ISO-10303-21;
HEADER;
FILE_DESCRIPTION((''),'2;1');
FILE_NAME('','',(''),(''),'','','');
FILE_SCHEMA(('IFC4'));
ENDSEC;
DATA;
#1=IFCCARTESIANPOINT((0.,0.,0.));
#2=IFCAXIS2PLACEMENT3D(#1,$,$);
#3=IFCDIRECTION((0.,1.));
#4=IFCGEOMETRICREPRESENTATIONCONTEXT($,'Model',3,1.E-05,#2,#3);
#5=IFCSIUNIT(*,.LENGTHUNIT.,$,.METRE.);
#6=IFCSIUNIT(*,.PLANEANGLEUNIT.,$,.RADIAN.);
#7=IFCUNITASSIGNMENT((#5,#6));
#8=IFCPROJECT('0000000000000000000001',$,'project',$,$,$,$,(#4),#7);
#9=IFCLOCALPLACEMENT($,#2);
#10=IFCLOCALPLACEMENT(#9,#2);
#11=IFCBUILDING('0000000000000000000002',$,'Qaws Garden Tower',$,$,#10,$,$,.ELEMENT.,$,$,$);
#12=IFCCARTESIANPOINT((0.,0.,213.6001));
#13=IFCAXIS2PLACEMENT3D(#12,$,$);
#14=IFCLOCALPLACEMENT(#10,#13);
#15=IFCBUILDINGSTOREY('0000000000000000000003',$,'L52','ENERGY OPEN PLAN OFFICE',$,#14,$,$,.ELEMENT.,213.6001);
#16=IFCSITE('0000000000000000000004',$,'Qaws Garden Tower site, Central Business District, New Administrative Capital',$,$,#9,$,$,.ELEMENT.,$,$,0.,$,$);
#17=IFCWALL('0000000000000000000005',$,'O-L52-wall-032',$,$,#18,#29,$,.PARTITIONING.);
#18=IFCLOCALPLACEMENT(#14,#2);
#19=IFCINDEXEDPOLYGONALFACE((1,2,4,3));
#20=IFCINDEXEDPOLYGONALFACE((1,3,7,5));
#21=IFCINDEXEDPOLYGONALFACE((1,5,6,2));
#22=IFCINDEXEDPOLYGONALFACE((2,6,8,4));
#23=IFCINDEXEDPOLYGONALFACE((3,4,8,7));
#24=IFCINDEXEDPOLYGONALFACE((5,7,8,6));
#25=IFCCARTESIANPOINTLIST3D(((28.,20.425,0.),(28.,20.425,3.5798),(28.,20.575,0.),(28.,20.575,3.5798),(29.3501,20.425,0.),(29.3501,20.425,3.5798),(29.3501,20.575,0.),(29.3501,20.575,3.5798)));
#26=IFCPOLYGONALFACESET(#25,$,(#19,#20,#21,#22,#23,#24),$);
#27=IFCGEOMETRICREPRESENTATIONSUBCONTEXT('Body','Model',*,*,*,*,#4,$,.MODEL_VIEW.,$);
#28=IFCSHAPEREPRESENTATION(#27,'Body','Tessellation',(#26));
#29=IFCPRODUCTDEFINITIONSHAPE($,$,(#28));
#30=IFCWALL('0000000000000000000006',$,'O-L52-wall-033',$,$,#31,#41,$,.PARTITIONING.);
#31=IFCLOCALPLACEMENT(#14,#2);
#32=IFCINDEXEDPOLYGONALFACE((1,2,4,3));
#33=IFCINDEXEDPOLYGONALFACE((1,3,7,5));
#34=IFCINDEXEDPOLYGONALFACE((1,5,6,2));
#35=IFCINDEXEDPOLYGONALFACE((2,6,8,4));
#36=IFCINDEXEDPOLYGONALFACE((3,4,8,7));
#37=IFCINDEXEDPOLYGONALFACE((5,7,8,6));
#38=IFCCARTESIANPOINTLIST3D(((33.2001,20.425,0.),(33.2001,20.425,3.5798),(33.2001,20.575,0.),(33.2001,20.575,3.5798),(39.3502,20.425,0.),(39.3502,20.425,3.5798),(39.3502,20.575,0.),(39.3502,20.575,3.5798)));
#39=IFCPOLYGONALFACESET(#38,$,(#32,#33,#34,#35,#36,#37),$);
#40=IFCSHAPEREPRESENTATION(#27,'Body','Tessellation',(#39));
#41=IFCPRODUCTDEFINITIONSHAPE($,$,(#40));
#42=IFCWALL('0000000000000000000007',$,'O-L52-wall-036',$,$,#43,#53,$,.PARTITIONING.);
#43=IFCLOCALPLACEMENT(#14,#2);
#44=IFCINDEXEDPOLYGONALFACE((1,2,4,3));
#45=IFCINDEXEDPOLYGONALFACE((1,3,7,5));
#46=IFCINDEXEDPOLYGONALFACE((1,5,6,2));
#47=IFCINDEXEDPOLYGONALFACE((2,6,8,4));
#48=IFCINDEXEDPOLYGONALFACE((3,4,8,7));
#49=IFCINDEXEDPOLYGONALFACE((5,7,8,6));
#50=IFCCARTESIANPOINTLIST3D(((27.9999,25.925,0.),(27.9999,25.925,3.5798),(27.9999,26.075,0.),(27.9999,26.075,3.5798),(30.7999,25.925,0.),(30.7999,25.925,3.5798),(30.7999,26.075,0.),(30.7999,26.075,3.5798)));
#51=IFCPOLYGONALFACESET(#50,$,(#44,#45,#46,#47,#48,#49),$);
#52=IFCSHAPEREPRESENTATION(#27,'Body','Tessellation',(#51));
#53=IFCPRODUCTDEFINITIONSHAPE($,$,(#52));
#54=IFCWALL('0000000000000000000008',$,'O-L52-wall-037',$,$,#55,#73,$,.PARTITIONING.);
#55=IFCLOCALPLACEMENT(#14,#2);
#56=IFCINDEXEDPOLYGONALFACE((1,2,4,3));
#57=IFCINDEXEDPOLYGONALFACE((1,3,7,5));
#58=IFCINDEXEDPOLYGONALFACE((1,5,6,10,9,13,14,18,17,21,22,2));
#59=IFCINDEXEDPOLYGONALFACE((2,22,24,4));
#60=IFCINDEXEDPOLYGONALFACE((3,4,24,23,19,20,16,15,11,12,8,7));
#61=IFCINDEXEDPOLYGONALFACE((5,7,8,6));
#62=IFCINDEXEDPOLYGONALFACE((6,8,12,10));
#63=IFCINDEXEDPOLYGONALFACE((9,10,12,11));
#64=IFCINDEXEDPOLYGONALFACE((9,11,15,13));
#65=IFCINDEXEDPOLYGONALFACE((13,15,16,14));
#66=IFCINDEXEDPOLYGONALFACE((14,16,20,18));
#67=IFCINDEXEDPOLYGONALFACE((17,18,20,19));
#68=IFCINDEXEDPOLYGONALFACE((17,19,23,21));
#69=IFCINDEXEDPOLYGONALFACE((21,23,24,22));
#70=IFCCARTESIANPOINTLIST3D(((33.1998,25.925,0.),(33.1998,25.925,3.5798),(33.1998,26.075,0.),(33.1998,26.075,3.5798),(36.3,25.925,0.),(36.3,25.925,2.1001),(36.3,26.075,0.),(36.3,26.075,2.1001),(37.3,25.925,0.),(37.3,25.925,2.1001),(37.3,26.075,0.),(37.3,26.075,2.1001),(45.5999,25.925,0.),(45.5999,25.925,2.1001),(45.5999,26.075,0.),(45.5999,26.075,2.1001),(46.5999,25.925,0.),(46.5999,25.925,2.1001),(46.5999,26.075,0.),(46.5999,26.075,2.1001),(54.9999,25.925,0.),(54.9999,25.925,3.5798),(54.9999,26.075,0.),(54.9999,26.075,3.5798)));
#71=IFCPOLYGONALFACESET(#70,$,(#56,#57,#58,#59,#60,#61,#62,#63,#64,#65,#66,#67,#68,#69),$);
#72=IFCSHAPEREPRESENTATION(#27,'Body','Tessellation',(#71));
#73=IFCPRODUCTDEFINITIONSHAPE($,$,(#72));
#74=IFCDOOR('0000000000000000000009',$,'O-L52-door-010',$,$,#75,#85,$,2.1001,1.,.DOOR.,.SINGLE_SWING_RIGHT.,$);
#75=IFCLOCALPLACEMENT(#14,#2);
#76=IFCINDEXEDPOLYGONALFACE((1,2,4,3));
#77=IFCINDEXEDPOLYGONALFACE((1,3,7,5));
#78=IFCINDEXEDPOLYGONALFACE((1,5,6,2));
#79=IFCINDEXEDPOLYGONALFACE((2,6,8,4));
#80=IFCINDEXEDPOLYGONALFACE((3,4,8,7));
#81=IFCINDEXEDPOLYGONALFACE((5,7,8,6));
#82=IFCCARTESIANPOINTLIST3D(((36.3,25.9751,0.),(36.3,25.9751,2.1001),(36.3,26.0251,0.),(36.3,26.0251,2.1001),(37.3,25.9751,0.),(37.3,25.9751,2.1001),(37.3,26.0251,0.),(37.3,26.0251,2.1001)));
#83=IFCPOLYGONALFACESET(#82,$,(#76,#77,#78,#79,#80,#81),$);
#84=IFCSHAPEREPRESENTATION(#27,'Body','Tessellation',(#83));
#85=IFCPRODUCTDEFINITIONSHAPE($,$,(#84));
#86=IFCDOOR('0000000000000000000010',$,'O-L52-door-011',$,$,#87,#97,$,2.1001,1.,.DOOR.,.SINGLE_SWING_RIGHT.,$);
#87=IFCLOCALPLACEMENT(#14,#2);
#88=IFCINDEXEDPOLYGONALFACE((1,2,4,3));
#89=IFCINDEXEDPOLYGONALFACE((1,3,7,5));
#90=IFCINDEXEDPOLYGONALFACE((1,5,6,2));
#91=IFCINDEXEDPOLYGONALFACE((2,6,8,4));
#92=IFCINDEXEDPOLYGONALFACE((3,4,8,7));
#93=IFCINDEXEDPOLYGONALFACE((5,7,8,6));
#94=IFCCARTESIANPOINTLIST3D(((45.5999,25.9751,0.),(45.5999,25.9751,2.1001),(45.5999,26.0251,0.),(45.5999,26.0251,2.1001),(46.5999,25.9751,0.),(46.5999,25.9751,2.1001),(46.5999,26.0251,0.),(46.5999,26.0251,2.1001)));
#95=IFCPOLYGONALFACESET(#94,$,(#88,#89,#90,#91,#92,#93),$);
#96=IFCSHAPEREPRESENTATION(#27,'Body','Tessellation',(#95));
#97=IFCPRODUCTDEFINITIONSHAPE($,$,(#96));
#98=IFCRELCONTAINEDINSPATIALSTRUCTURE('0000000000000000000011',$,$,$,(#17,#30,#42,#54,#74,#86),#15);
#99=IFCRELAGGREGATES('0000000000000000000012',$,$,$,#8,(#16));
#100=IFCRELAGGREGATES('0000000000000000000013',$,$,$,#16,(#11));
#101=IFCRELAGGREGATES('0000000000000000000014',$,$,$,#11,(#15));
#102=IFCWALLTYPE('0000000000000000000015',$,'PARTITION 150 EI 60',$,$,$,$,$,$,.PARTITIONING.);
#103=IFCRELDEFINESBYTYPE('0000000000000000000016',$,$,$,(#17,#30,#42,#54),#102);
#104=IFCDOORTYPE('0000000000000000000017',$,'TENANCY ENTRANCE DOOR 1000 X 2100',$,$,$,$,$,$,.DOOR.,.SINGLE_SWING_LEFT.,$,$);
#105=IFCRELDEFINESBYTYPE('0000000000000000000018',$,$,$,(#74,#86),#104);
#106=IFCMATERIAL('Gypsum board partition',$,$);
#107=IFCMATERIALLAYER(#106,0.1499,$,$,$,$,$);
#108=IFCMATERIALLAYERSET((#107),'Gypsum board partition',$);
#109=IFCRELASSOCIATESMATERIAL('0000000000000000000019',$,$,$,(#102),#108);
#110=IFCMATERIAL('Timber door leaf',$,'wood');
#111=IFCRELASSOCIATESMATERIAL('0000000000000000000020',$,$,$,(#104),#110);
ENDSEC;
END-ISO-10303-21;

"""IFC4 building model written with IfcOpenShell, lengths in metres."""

from ifc_helpers import new_model, si_unit, direction, frame, frame_2d, origin, place, context, subcontext, project, spatial, rectangle, extrude, material, layer, layer_set, type_object, element, fill, save


model = new_model("IFC4")

# Units and contexts
model_context = context("Model", 3, precision=1e-05, world=origin(), true_north=direction((0.0, 1.0)))
body_context = subcontext(model_context, "Body", "Model", "MODEL_VIEW")
ifc_project = project(units=[si_unit("LENGTHUNIT", "METRE"), si_unit("PLANEANGLEUNIT", "RADIAN")], contexts=[model_context])

# Site, building, storey
site_placement = place(None, origin())
site = spatial("IfcSite", under=ifc_project, at=site_placement, Name="Qaws Garden Tower site, Central Business District, New Administrative Capital", CompositionType="ELEMENT", RefElevation=0.0)
building_placement = place(site_placement, origin())
building = spatial("IfcBuilding", under=site, at=building_placement, Name="Qaws Garden Tower", CompositionType="ELEMENT")
storey_placement = place(building_placement, frame((0.0, 0.0, 213.6001)))
storey = spatial("IfcBuildingStorey", under=building, at=storey_placement, Name="L52", Description="ENERGY OPEN PLAN OFFICE", CompositionType="ELEMENT", Elevation=213.6001)

# Shared definitions
ifc_material_1 = material(Name="Gypsum board partition")
ifc_layer_1 = layer(ifc_material_1, 0.1499)
ifc_layer_set_1 = layer_set([ifc_layer_1], Name="Gypsum board partition")
wall_type_1 = type_object("IfcWallType", Name="PARTITION 150 EI 60", PredefinedType="PARTITIONING", material=ifc_layer_set_1)

# Walls
wall_1_placement = place(storey_placement, frame((28.0, 20.5, 0.0), z_axis=(0.0, 0.0, 1.0), x_axis=(1.0, 0.0, 0.0)))
element("IfcWall", 1, at=wall_1_placement, inside=storey, type_object=wall_type_1, Name="O-L52-wall-032", PredefinedType="PARTITIONING", context=body_context, shape_type="SweptSolid", body=[
    extrude(rectangle(XDim=1.3501, YDim=0.1499, at=frame_2d((0.675, 0.0))), origin(), (0.0, 0.0, 1.0), 3.5798),
])
wall_2_placement = place(storey_placement, frame((33.2, 20.5, 0.0), z_axis=(0.0, 0.0, 1.0), x_axis=(1.0, 0.0, 0.0)))
element("IfcWall", 2, at=wall_2_placement, inside=storey, type_object=wall_type_1, Name="O-L52-wall-033", PredefinedType="PARTITIONING", context=body_context, shape_type="SweptSolid", body=[
    extrude(rectangle(XDim=6.1501, YDim=0.1499, at=frame_2d((3.0752, 0.0))), origin(), (0.0, 0.0, 1.0), 3.5798),
])
wall_3_placement = place(storey_placement, frame((28.0, 26.0, 0.0), z_axis=(0.0, 0.0, 1.0), x_axis=(1.0, 0.0, 0.0)))
element("IfcWall", 3, at=wall_3_placement, inside=storey, type_object=wall_type_1, Name="O-L52-wall-036", PredefinedType="PARTITIONING", context=body_context, shape_type="SweptSolid", body=[
    extrude(rectangle(XDim=2.8, YDim=0.1499, at=frame_2d((1.3999, 0.0))), origin(), (0.0, 0.0, 1.0), 3.5798),
])

# Wall, openings, doors
wall_4_placement = place(storey_placement, frame((33.2, 26.0, 0.0), z_axis=(0.0, 0.0, 1.0), x_axis=(1.0, 0.0, 0.0)))
wall_4 = element("IfcWall", 4, at=wall_4_placement, inside=storey, type_object=wall_type_1, Name="O-L52-wall-037", PredefinedType="PARTITIONING", context=body_context, shape_type="SweptSolid", body=[
    extrude(rectangle(XDim=21.8, YDim=0.1499, at=frame_2d((10.8999, 0.0))), origin(), (0.0, 0.0, 1.0), 3.5798),
])
opening_1_placement = place(wall_4_placement, frame((3.1001, 0.0, 0.0)))
opening_1 = element("IfcOpeningElement", 5, at=opening_1_placement, cuts=wall_4, PredefinedType="OPENING", context=body_context, shape_type="SweptSolid", body=[
    extrude(rectangle(XDim=1.0, YDim=2.1001, at=frame_2d((0.5, 1.05))), frame((0.0, 0.085, 0.0), z_axis=(0.0, -1.0, 0.0), x_axis=(1.0, 0.0, 0.0)), (0.0, 0.0, 1.0), 0.1699),
])
opening_2_placement = place(wall_4_placement, frame((12.3999, 0.0, 0.0)))
opening_2 = element("IfcOpeningElement", 6, at=opening_2_placement, cuts=wall_4, PredefinedType="OPENING", context=body_context, shape_type="SweptSolid", body=[
    extrude(rectangle(XDim=1.0, YDim=2.1001, at=frame_2d((0.5, 1.05))), frame((0.0, 0.085, 0.0), z_axis=(0.0, -1.0, 0.0), x_axis=(1.0, 0.0, 0.0)), (0.0, 0.0, 1.0), 0.1699),
])
ifc_material_2 = material(Name="Timber door leaf", Category="wood")
door_type_1 = type_object("IfcDoorType", Name="TENANCY ENTRANCE DOOR 1000 X 2100", OperationType="SINGLE_SWING_LEFT", PredefinedType="DOOR", material=ifc_material_2)
door_1_placement = place(opening_1_placement, frame((1.0, 0.0, 0.0), z_axis=(0.0, 0.0, 1.0), x_axis=(-1.0, 0.0, 0.0)))
door_1 = element("IfcDoor", 7, at=door_1_placement, inside=storey, type_object=door_type_1, Name="O-L52-door-010", OperationType="SINGLE_SWING_RIGHT", OverallHeight=2.1001, OverallWidth=1.0, PredefinedType="DOOR", context=body_context, shape_type="SweptSolid", body=[
    extrude(rectangle(XDim=1.0, YDim=2.1001, at=frame_2d((0.5, 1.05))), frame((0.0, 0.0249, 0.0), z_axis=(0.0, -1.0, 0.0), x_axis=(1.0, 0.0, 0.0)), (0.0, 0.0, 1.0), 0.05),
])
fill(opening_1, door_1)
door_2_placement = place(opening_2_placement, frame((1.0, 0.0, 0.0), z_axis=(0.0, 0.0, 1.0), x_axis=(-1.0, 0.0, 0.0)))
door_2 = element("IfcDoor", 8, at=door_2_placement, inside=storey, type_object=door_type_1, Name="O-L52-door-011", OperationType="SINGLE_SWING_RIGHT", OverallHeight=2.1001, OverallWidth=1.0, PredefinedType="DOOR", context=body_context, shape_type="SweptSolid", body=[
    extrude(rectangle(XDim=1.0, YDim=2.1001, at=frame_2d((0.5, 1.05))), frame((0.0, 0.0249, 0.0), z_axis=(0.0, -1.0, 0.0), x_axis=(1.0, 0.0, 0.0)), (0.0, 0.0, 1.0), 0.05),
])
fill(opening_2, door_2)

save(model, "model.ifc")
